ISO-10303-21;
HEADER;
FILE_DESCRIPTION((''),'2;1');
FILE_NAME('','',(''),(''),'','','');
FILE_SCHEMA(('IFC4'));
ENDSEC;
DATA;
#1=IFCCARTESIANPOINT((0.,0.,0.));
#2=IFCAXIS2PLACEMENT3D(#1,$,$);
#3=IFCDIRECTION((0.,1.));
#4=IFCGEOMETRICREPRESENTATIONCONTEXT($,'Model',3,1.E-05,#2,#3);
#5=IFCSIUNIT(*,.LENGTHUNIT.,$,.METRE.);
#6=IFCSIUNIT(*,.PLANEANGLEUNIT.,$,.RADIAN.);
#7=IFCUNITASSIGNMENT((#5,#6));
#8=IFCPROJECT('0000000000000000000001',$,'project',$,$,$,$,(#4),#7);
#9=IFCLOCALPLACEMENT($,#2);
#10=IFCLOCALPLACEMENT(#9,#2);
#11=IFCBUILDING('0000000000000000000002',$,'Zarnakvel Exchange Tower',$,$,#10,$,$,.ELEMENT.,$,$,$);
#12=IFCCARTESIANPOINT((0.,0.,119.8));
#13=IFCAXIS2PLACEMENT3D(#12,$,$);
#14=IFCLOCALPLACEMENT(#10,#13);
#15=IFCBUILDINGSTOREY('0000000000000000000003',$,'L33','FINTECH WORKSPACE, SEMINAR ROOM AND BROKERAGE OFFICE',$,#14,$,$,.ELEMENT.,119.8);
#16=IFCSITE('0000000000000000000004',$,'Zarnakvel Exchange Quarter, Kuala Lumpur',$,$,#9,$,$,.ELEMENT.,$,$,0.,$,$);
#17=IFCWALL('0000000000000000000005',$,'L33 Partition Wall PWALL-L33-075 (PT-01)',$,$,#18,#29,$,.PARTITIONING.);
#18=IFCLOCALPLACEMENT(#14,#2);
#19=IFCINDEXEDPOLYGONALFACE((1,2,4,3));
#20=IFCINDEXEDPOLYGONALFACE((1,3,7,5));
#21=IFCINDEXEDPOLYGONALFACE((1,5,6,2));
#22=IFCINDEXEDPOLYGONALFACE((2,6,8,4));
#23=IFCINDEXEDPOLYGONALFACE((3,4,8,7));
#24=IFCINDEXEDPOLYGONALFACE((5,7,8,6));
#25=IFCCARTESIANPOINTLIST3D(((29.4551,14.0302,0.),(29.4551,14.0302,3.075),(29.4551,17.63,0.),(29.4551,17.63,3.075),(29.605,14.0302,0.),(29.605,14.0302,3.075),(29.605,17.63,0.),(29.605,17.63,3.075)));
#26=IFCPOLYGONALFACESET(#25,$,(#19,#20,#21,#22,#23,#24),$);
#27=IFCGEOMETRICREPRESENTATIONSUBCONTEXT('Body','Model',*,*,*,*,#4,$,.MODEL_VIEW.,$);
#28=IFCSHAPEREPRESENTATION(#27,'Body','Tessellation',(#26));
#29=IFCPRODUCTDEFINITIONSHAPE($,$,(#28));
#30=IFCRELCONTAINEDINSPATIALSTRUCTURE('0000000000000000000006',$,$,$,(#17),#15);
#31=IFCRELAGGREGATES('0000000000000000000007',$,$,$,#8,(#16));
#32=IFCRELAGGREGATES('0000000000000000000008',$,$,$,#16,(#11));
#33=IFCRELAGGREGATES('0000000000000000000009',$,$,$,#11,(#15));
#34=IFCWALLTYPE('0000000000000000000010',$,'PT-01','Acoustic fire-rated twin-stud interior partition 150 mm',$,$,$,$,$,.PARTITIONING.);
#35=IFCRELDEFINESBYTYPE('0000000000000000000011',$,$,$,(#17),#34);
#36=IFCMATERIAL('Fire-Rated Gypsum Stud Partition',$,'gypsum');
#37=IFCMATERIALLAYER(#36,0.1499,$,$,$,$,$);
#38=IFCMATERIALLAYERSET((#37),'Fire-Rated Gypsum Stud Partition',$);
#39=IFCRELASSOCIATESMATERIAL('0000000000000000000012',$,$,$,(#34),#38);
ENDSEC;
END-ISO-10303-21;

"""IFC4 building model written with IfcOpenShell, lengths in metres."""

from ifc_helpers import new_model, si_unit, direction, frame, frame_2d, origin, place, context, subcontext, project, spatial, rectangle, extrude, material, layer, layer_set, type_object, element, save


model = new_model("IFC4")

# Units and contexts
model_context = context("Model", 3, precision=1e-05, world=origin(), true_north=direction((0.0, 1.0)))
body_context = subcontext(model_context, "Body", "Model", "MODEL_VIEW")
ifc_project = project(units=[si_unit("LENGTHUNIT", "METRE"), si_unit("PLANEANGLEUNIT", "RADIAN")], contexts=[model_context])

# Site, building, storey
site_placement = place(None, origin())
site = spatial("IfcSite", under=ifc_project, at=site_placement, Name="Zarnakvel Exchange Quarter, Kuala Lumpur", CompositionType="ELEMENT", RefElevation=0.0)
building_placement = place(site_placement, origin())
building = spatial("IfcBuilding", under=site, at=building_placement, Name="Zarnakvel Exchange Tower", CompositionType="ELEMENT")
storey_placement = place(building_placement, frame((0.0, 0.0, 119.8)))
storey = spatial("IfcBuildingStorey", under=building, at=storey_placement, Name="L33", Description="FINTECH WORKSPACE, SEMINAR ROOM AND BROKERAGE OFFICE", CompositionType="ELEMENT", Elevation=119.8)

# Shared definitions
ifc_material_1 = material(Name="Fire-Rated Gypsum Stud Partition", Category="gypsum")
ifc_layer_1 = layer(ifc_material_1, 0.1499)
ifc_layer_set_1 = layer_set([ifc_layer_1], Name="Fire-Rated Gypsum Stud Partition")
wall_type_1 = type_object("IfcWallType", Name="PT-01", Description="Acoustic fire-rated twin-stud interior partition 150 mm", PredefinedType="PARTITIONING", material=ifc_layer_set_1)

# Wall
wall_1_placement = place(storey_placement, frame((29.53, 17.6299, 0.0), z_axis=(0.0, 0.0, 1.0), x_axis=(0.0, -1.0, 0.0)))
element("IfcWall", 1, at=wall_1_placement, inside=storey, type_object=wall_type_1, Name="L33 Partition Wall PWALL-L33-075 (PT-01)", PredefinedType="PARTITIONING", context=body_context, shape_type="SweptSolid", body=[
    extrude(rectangle(XDim=3.5999, YDim=0.1499, at=frame_2d((1.7998, 0.0))), origin(), (0.0, 0.0, 1.0), 3.075),
])

save(model, "model.ifc")
